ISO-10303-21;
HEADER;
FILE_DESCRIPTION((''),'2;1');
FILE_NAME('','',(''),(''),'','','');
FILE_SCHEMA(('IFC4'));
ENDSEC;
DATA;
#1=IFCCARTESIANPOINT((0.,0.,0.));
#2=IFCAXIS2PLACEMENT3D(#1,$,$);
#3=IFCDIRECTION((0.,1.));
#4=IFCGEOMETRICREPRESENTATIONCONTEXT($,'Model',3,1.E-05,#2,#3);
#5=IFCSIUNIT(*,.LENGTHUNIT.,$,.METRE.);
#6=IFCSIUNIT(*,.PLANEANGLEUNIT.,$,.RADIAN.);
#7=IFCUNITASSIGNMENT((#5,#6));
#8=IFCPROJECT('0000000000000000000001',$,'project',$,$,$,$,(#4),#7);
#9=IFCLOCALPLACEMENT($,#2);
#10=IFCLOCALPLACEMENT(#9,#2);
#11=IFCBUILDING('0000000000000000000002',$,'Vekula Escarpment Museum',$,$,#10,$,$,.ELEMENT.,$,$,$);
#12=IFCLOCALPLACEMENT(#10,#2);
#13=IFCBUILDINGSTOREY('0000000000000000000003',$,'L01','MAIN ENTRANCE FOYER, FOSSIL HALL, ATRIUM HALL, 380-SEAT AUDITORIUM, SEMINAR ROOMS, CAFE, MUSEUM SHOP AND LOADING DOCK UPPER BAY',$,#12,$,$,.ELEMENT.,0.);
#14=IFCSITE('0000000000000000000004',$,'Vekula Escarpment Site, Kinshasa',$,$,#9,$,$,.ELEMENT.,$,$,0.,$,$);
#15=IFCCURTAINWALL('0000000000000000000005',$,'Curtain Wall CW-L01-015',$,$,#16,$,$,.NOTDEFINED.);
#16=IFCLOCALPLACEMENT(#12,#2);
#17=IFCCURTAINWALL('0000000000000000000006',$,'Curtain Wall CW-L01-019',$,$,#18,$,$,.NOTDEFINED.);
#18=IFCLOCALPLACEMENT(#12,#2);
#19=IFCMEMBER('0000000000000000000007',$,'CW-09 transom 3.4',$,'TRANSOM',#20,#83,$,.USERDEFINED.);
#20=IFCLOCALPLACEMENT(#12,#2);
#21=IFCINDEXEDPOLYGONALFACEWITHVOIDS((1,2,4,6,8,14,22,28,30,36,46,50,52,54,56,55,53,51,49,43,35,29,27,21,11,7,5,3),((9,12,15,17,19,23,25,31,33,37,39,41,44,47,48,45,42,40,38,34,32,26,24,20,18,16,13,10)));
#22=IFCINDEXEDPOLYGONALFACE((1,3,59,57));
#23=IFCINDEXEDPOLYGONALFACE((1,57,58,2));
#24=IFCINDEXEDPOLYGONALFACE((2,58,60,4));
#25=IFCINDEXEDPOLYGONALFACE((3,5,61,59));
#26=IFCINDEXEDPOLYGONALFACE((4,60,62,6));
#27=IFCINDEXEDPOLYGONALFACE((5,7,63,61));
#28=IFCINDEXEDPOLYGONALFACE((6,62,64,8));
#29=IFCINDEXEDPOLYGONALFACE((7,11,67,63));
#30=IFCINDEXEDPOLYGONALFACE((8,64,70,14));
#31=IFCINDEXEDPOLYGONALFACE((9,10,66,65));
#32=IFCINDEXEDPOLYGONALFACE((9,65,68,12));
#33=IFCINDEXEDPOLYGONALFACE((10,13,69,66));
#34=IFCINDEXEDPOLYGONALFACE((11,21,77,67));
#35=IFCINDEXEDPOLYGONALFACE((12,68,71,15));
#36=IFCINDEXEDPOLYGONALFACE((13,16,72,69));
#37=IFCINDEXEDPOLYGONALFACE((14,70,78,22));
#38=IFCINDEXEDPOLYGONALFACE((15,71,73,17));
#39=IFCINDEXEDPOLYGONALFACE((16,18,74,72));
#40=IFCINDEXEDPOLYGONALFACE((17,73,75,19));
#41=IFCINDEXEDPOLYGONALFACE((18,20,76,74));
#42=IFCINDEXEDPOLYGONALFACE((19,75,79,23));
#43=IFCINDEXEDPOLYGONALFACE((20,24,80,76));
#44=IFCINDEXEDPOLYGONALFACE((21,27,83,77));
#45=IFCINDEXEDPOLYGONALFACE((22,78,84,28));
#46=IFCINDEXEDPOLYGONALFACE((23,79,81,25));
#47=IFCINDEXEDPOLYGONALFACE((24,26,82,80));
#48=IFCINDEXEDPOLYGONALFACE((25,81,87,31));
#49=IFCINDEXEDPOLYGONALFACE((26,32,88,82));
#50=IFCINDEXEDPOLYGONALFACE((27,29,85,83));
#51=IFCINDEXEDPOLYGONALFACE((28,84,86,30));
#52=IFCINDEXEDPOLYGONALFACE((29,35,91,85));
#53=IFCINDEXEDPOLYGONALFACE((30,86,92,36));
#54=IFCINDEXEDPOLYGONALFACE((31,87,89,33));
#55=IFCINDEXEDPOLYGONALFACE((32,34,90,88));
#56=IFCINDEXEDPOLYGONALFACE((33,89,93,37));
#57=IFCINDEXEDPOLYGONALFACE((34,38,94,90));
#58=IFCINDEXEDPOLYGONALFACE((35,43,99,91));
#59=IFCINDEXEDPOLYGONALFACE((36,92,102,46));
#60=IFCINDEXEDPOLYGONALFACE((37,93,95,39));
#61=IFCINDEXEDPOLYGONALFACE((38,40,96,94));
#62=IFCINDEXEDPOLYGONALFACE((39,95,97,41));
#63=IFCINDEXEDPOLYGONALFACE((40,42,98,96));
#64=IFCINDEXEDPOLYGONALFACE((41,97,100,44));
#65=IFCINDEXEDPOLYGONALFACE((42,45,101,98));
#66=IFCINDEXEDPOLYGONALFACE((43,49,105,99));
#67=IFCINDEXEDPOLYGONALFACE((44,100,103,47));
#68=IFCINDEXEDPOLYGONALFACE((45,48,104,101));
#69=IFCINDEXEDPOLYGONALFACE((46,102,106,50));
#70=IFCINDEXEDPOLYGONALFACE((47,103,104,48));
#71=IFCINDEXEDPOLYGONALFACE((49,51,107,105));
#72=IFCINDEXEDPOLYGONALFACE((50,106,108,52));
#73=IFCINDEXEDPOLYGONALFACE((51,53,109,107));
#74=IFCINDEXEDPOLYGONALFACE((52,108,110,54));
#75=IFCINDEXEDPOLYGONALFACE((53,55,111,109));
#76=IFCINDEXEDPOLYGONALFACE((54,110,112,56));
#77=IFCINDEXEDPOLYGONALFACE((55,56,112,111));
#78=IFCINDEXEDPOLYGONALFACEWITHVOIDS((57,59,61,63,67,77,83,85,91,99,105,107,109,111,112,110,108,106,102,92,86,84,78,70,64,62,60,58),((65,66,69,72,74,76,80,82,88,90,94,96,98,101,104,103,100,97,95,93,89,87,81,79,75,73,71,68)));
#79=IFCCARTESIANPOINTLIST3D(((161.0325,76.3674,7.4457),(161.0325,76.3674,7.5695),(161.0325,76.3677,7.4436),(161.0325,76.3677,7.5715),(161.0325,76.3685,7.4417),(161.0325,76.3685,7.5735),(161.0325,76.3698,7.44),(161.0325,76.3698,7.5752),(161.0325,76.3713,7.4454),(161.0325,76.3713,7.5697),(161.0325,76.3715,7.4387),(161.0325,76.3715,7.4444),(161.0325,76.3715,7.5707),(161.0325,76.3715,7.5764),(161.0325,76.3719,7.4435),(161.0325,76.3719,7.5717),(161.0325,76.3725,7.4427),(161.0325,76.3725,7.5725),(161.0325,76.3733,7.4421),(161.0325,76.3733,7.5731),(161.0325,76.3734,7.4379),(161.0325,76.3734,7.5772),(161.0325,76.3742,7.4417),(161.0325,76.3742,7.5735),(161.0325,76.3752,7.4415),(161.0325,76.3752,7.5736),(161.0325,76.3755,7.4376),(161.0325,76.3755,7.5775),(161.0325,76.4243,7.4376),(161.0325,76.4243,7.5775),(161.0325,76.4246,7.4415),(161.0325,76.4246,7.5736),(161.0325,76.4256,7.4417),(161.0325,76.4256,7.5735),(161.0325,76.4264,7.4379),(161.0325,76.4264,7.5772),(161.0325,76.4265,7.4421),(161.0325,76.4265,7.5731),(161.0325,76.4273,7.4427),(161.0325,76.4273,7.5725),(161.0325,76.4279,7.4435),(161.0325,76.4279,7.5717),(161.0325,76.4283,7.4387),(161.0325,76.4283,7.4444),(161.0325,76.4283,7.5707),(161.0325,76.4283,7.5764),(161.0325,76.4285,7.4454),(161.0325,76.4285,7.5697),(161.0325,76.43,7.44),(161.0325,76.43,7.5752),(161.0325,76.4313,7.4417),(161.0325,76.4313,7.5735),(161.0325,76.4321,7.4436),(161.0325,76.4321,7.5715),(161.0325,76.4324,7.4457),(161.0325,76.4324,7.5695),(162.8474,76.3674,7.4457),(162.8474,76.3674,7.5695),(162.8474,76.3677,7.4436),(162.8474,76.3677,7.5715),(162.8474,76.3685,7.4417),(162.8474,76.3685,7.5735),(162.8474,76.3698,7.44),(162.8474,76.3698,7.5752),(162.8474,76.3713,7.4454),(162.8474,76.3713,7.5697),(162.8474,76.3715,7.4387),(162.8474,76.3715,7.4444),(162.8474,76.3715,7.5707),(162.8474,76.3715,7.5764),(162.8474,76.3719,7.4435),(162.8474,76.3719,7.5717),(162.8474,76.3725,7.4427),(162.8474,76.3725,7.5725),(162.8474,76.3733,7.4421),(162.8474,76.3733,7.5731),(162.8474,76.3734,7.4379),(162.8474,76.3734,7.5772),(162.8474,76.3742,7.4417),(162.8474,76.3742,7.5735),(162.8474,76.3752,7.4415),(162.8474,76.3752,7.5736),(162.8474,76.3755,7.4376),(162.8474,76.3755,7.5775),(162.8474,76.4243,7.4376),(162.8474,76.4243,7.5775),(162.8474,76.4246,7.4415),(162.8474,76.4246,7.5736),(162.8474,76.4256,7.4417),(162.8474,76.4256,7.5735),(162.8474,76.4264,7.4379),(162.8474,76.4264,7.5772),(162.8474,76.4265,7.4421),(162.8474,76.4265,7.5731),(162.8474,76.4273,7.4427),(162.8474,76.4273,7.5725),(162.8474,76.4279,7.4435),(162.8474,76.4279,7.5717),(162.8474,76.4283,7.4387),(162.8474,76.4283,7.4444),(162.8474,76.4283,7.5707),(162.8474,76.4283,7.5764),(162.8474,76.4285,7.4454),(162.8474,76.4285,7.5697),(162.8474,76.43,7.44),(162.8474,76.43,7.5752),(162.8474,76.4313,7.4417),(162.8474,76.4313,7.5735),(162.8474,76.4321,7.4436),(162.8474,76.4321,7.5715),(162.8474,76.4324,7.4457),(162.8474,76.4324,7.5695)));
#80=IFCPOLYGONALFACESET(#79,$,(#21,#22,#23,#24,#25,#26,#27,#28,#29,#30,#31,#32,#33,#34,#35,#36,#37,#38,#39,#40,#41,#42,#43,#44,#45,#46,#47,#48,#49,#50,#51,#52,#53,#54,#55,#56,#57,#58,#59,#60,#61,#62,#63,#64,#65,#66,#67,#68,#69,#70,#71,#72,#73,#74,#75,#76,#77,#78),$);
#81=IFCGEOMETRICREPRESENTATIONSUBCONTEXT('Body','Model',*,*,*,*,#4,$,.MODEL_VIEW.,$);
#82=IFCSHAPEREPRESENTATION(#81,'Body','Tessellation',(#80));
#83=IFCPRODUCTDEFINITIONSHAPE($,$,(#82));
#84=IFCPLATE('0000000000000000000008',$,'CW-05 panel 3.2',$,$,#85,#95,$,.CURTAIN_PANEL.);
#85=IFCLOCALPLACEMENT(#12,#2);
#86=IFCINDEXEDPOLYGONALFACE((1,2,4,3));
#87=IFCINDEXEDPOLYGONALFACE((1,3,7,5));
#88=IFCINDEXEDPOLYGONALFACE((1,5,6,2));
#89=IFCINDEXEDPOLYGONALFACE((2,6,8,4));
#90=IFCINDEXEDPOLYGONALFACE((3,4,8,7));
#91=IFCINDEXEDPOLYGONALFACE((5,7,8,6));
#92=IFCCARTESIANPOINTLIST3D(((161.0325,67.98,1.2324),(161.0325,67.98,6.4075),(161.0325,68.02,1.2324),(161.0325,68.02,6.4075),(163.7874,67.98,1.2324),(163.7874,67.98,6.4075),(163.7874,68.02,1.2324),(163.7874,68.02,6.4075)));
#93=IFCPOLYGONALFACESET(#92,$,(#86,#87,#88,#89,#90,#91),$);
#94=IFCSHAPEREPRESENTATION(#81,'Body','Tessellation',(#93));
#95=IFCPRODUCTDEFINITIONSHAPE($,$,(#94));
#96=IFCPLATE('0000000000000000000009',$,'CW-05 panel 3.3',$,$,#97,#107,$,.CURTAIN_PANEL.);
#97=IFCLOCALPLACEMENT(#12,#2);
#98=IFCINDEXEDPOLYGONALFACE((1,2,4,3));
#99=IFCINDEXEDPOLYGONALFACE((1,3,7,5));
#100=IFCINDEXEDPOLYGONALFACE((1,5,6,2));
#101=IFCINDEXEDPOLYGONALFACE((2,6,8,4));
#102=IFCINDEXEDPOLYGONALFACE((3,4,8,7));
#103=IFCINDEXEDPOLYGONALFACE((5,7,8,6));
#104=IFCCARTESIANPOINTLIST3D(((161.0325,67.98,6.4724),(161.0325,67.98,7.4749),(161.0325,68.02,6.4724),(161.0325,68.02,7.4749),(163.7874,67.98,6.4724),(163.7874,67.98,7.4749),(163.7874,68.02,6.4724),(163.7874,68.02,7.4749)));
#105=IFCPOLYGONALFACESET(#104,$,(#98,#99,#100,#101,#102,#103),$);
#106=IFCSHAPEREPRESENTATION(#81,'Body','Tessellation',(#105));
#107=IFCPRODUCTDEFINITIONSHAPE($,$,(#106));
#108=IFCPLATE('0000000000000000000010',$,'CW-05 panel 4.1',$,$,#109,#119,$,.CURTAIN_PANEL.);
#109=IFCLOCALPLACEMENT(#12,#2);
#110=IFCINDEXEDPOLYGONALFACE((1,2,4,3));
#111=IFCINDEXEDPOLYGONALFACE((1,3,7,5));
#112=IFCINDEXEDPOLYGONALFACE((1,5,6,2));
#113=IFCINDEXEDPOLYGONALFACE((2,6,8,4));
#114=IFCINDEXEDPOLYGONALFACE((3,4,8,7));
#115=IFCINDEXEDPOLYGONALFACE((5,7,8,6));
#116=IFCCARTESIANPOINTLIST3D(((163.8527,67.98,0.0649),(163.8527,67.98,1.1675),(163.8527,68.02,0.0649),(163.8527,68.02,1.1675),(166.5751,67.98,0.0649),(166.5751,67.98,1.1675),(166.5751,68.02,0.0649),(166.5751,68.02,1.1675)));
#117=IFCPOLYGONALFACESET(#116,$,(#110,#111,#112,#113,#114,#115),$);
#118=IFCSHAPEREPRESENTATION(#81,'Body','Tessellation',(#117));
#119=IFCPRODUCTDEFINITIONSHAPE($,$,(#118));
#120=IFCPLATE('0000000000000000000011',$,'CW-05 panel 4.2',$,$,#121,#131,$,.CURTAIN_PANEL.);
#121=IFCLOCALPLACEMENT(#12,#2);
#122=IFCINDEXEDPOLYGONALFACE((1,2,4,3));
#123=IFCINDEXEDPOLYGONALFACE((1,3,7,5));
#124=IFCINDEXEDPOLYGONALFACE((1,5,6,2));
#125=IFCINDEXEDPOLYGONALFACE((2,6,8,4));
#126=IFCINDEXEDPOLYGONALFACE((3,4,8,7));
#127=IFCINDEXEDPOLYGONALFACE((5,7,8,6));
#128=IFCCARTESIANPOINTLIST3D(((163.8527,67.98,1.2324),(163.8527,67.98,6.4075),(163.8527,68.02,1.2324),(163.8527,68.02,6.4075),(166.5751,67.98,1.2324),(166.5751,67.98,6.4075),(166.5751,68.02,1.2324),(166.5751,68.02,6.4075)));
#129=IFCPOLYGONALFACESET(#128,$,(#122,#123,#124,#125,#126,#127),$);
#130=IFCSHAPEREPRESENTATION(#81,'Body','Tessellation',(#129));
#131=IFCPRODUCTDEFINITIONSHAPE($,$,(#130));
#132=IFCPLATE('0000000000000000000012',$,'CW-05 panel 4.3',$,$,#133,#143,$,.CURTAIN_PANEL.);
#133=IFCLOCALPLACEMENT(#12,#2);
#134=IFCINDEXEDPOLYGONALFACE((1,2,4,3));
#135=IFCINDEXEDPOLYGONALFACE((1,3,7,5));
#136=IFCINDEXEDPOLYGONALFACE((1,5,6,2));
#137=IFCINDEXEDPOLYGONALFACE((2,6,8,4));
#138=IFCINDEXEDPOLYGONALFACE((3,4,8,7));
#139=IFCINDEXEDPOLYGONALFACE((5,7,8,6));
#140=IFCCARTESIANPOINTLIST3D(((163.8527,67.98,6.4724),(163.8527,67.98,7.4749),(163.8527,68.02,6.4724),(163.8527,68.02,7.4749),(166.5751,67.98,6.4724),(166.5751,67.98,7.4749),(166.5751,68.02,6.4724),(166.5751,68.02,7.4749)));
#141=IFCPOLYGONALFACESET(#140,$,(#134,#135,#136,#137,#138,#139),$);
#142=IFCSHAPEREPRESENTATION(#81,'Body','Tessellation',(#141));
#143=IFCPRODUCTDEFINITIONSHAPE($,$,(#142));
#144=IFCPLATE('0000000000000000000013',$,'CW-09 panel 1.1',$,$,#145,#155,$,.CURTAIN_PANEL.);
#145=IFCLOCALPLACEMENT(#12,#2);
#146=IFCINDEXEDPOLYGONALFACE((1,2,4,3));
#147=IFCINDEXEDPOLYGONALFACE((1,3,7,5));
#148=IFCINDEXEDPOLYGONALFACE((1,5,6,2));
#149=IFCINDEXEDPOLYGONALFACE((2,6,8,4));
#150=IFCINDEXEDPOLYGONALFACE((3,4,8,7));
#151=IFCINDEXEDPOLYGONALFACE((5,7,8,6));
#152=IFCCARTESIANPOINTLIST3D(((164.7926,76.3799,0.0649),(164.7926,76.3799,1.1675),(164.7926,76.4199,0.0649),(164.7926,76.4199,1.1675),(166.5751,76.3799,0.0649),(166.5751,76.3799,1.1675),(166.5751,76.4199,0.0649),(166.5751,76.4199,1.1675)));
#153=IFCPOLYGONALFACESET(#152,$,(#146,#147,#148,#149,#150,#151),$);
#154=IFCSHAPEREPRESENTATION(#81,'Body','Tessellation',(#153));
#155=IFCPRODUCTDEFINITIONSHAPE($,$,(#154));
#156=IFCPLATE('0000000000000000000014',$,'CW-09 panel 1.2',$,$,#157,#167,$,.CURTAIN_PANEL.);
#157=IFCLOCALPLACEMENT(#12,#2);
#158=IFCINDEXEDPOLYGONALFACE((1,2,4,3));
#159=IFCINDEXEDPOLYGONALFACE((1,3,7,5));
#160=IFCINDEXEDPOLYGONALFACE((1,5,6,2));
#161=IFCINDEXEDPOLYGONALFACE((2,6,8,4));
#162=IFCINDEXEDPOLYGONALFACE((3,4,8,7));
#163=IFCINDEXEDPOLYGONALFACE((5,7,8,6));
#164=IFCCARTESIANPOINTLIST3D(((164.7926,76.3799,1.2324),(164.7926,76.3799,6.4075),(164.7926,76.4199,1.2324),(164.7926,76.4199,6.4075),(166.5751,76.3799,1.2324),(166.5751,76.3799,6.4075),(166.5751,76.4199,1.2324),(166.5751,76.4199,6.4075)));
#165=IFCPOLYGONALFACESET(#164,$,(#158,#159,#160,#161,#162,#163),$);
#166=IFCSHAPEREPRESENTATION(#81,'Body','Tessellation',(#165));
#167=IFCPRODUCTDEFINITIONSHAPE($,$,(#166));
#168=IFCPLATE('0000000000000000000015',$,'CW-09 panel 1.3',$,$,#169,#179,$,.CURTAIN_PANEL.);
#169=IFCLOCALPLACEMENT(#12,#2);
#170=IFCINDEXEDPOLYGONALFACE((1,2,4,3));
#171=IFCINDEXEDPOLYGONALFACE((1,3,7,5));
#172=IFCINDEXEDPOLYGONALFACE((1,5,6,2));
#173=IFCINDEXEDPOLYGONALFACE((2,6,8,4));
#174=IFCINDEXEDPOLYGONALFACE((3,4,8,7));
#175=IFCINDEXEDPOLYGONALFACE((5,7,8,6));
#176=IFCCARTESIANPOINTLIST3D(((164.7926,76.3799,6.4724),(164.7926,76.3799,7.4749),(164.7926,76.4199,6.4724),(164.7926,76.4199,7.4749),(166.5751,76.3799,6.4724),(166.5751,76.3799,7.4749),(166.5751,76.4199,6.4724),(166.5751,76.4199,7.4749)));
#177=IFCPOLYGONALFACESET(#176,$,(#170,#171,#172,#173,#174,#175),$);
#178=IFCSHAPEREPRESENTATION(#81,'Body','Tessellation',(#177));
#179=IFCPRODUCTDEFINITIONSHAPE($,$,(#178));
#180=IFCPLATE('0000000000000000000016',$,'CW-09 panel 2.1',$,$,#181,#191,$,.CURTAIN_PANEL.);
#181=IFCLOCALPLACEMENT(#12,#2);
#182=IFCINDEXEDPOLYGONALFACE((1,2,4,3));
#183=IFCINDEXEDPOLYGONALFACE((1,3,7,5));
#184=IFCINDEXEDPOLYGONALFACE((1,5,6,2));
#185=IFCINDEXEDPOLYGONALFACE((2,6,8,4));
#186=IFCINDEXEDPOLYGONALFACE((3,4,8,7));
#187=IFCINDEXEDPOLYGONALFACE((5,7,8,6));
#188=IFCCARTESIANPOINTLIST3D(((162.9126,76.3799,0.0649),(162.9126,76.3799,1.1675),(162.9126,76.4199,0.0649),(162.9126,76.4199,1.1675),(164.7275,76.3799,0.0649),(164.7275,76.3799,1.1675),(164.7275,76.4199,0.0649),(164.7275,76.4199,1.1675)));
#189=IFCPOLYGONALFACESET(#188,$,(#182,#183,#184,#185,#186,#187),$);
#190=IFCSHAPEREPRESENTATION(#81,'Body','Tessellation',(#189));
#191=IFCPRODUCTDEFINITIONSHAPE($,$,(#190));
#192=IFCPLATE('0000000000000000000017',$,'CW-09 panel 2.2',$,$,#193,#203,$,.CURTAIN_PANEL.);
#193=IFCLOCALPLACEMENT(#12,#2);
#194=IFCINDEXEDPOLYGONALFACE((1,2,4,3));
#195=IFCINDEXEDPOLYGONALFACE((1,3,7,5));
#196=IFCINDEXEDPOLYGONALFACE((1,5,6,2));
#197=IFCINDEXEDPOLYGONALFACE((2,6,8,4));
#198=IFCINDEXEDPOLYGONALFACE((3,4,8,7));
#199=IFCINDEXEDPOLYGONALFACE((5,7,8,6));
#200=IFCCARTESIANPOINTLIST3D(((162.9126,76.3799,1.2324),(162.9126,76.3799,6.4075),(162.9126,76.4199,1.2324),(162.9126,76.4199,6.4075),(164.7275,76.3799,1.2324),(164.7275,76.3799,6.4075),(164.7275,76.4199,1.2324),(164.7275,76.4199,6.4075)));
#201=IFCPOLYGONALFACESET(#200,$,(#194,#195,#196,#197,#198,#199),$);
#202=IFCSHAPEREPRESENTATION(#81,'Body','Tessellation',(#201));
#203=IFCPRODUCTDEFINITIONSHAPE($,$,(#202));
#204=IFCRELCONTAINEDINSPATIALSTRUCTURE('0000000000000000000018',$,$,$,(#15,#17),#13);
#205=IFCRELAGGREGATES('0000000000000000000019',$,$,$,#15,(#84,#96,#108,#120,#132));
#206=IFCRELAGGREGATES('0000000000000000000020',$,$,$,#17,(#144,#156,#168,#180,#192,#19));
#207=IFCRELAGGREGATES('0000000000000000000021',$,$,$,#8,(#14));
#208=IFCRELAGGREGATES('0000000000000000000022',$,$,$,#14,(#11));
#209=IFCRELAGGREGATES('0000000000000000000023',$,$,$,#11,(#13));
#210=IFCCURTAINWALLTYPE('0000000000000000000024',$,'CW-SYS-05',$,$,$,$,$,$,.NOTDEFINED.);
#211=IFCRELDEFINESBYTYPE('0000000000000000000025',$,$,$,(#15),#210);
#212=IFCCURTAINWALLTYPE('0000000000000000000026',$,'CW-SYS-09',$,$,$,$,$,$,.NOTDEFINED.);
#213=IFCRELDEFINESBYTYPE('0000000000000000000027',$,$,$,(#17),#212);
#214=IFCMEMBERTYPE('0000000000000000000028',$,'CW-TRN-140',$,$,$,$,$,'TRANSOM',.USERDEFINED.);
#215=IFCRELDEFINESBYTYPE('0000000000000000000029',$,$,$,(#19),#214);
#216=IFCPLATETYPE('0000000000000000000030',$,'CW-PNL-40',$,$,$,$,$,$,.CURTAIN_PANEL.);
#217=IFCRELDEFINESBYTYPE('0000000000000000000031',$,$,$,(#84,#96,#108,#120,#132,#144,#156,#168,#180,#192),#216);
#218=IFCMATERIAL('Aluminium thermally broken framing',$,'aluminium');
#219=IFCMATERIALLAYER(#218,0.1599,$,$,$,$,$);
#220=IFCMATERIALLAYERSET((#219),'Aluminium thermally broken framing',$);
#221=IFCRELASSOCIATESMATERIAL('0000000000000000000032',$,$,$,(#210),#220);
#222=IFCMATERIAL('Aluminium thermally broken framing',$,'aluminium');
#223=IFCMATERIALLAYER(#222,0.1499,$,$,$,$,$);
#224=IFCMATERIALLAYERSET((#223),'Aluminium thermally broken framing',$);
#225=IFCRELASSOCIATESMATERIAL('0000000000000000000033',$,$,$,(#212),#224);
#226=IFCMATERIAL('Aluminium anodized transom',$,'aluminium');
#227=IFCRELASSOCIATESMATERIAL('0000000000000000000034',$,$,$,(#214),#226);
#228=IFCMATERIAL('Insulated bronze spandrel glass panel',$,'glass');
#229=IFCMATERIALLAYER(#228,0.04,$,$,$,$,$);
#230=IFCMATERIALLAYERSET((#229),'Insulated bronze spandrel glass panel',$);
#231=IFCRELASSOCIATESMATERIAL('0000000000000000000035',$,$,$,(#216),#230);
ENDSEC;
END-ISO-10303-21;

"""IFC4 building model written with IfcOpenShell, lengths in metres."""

from ifc_helpers import new_model, si_unit, direction, frame, origin, origin_2d, place, context, subcontext, project, spatial, rectangle, hollow_rectangle, extrude, material, layer, layer_set, material_profile, profile_set, type_object, element, aggregate, save


model = new_model("IFC4")

# Units and contexts
model_context = context("Model", 3, precision=1e-05, world=origin(), true_north=direction((0.0, 1.0)))
body_context = subcontext(model_context, "Body", "Model", "MODEL_VIEW")
ifc_project = project(units=[si_unit("LENGTHUNIT", "METRE"), si_unit("PLANEANGLEUNIT", "RADIAN")], contexts=[model_context])

# Site, building, storey
site_placement = place(None, origin())
site = spatial("IfcSite", under=ifc_project, at=site_placement, Name="Vekula Escarpment Site, Kinshasa", CompositionType="ELEMENT", RefElevation=0.0)
building_placement = place(site_placement, origin())
building = spatial("IfcBuilding", under=site, at=building_placement, Name="Vekula Escarpment Museum", CompositionType="ELEMENT")
storey_placement = place(building_placement, origin())
storey = spatial("IfcBuildingStorey", under=building, at=storey_placement, Name="L01", Description="MAIN ENTRANCE FOYER, FOSSIL HALL, ATRIUM HALL, 380-SEAT AUDITORIUM, SEMINAR ROOMS, CAFE, MUSEUM SHOP AND LOADING DOCK UPPER BAY", CompositionType="ELEMENT", Elevation=0.0)

# Curtain walls
ifc_material_1 = material(Name="Aluminium thermally broken framing", Category="aluminium")
ifc_layer_1 = layer(ifc_material_1, 0.1599)
ifc_layer_set_1 = layer_set([ifc_layer_1], Name="Aluminium thermally broken framing")
curtain_wall_type_1 = type_object("IfcCurtainWallType", Name="CW-SYS-05", PredefinedType="NOTDEFINED", material=ifc_layer_set_1)
curtain_wall_1_placement = place(storey_placement, origin())
curtain_wall_1 = element("IfcCurtainWall", 1, at=curtain_wall_1_placement, inside=storey, type_object=curtain_wall_type_1, Name="Curtain Wall CW-L01-015", PredefinedType="NOTDEFINED")
ifc_material_2 = material(Name="Aluminium thermally broken framing", Category="aluminium")
ifc_layer_2 = layer(ifc_material_2, 0.1499)
ifc_layer_set_2 = layer_set([ifc_layer_2], Name="Aluminium thermally broken framing")
curtain_wall_type_2 = type_object("IfcCurtainWallType", Name="CW-SYS-09", PredefinedType="NOTDEFINED", material=ifc_layer_set_2)
curtain_wall_2_placement = place(storey_placement, origin())
curtain_wall_2 = element("IfcCurtainWall", 2, at=curtain_wall_2_placement, inside=storey, type_object=curtain_wall_type_2, Name="Curtain Wall CW-L01-019", PredefinedType="NOTDEFINED")

# Member
ifc_material_3 = material(Name="Aluminium anodized transom", Category="aluminium")
ifc_material_profile_1 = material_profile(ifc_material_3, hollow_rectangle(XDim=0.0649, YDim=0.1399, WallThickness=0.0039, InnerFilletRadius=0.0039, OuterFilletRadius=0.0081, at=origin_2d()), Name="ALU 140x65x4")
ifc_profile_set_1 = profile_set([ifc_material_profile_1], Name="Aluminium anodized transom")
member_type_1 = type_object("IfcMemberType", Name="CW-TRN-140", ElementType="TRANSOM", PredefinedType="USERDEFINED", material=ifc_profile_set_1)
member_1_placement = place(storey_placement, frame((162.8474, 76.3999, 7.5076), z_axis=(-1.0, 0.0, 0.0), x_axis=(0.0, -1.0, 0.0)))
member_1 = element("IfcMember", 3, at=member_1_placement, type_object=member_type_1, Name="CW-09 transom 3.4", ObjectType="TRANSOM", PredefinedType="USERDEFINED", context=body_context, shape_type="SweptSolid", body=[
    extrude(hollow_rectangle(XDim=0.0649, YDim=0.1399, WallThickness=0.0039, InnerFilletRadius=0.0039, OuterFilletRadius=0.0081, at=origin_2d()), origin(), (0.0, 0.0, 1.0), 1.8149),
])

# Plates
ifc_material_4 = material(Name="Insulated bronze spandrel glass panel", Category="glass")
ifc_layer_3 = layer(ifc_material_4, 0.04)
ifc_layer_set_3 = layer_set([ifc_layer_3], Name="Insulated bronze spandrel glass panel")
plate_type = type_object("IfcPlateType", Name="CW-PNL-40", PredefinedType="CURTAIN_PANEL", material=ifc_layer_set_3)
plate_1_placement = place(storey_placement, frame((162.4099, 68.0, 1.2324), z_axis=(0.0, 0.0, 1.0), x_axis=(1.0, 0.0, 0.0)))
plate_1 = element("IfcPlate", 4, at=plate_1_placement, type_object=plate_type, Name="CW-05 panel 3.2", PredefinedType="CURTAIN_PANEL", context=body_context, shape_type="SweptSolid", body=[
    extrude(rectangle(XDim=2.7549, YDim=0.04, at=origin_2d()), origin(), (0.0, 0.0, 1.0), 5.175),
])
plate_2_placement = place(storey_placement, frame((162.4099, 68.0, 6.4724), z_axis=(0.0, 0.0, 1.0), x_axis=(1.0, 0.0, 0.0)))
plate_2 = element("IfcPlate", 5, at=plate_2_placement, type_object=plate_type, Name="CW-05 panel 3.3", PredefinedType="CURTAIN_PANEL", context=body_context, shape_type="SweptSolid", body=[
    extrude(rectangle(XDim=2.7549, YDim=0.04, at=origin_2d()), origin(), (0.0, 0.0, 1.0), 1.0024),
])
plate_3_placement = place(storey_placement, frame((165.2139, 68.0, 0.0649), z_axis=(0.0, 0.0, 1.0), x_axis=(1.0, 0.0, 0.0)))
plate_3 = element("IfcPlate", 6, at=plate_3_placement, type_object=plate_type, Name="CW-05 panel 4.1", PredefinedType="CURTAIN_PANEL", context=body_context, shape_type="SweptSolid", body=[
    extrude(rectangle(XDim=2.7224, YDim=0.04, at=origin_2d()), origin(), (0.0, 0.0, 1.0), 1.1025),
])
plate_4_placement = place(storey_placement, frame((165.2139, 68.0, 1.2324), z_axis=(0.0, 0.0, 1.0), x_axis=(1.0, 0.0, 0.0)))
plate_4 = element("IfcPlate", 7, at=plate_4_placement, type_object=plate_type, Name="CW-05 panel 4.2", PredefinedType="CURTAIN_PANEL", context=body_context, shape_type="SweptSolid", body=[
    extrude(rectangle(XDim=2.7224, YDim=0.04, at=origin_2d()), origin(), (0.0, 0.0, 1.0), 5.175),
])
plate_5_placement = place(storey_placement, frame((165.2139, 68.0, 6.4724), z_axis=(0.0, 0.0, 1.0), x_axis=(1.0, 0.0, 0.0)))
plate_5 = element("IfcPlate", 8, at=plate_5_placement, type_object=plate_type, Name="CW-05 panel 4.3", PredefinedType="CURTAIN_PANEL", context=body_context, shape_type="SweptSolid", body=[
    extrude(rectangle(XDim=2.7224, YDim=0.04, at=origin_2d()), origin(), (0.0, 0.0, 1.0), 1.0024),
])
aggregate(curtain_wall_1, [plate_1, plate_2, plate_3, plate_4, plate_5])
plate_6_placement = place(storey_placement, frame((165.6838, 76.3999, 0.0649), z_axis=(0.0, 0.0, 1.0), x_axis=(-1.0, 0.0, 0.0)))
plate_6 = element("IfcPlate", 9, at=plate_6_placement, type_object=plate_type, Name="CW-09 panel 1.1", PredefinedType="CURTAIN_PANEL", context=body_context, shape_type="SweptSolid", body=[
    extrude(rectangle(XDim=1.7825, YDim=0.04, at=origin_2d()), origin(), (0.0, 0.0, 1.0), 1.1025),
])
plate_7_placement = place(storey_placement, frame((165.6838, 76.3999, 1.2324), z_axis=(0.0, 0.0, 1.0), x_axis=(-1.0, 0.0, 0.0)))
plate_7 = element("IfcPlate", 10, at=plate_7_placement, type_object=plate_type, Name="CW-09 panel 1.2", PredefinedType="CURTAIN_PANEL", context=body_context, shape_type="SweptSolid", body=[
    extrude(rectangle(XDim=1.7825, YDim=0.04, at=origin_2d()), origin(), (0.0, 0.0, 1.0), 5.175),
])
plate_8_placement = place(storey_placement, frame((165.6838, 76.3999, 6.4724), z_axis=(0.0, 0.0, 1.0), x_axis=(-1.0, 0.0, 0.0)))
plate_8 = element("IfcPlate", 11, at=plate_8_placement, type_object=plate_type, Name="CW-09 panel 1.3", PredefinedType="CURTAIN_PANEL", context=body_context, shape_type="SweptSolid", body=[
    extrude(rectangle(XDim=1.7825, YDim=0.04, at=origin_2d()), origin(), (0.0, 0.0, 1.0), 1.0024),
])
plate_9_placement = place(storey_placement, frame((163.8201, 76.3999, 0.0649), z_axis=(0.0, 0.0, 1.0), x_axis=(-1.0, 0.0, 0.0)))
plate_9 = element("IfcPlate", 12, at=plate_9_placement, type_object=plate_type, Name="CW-09 panel 2.1", PredefinedType="CURTAIN_PANEL", context=body_context, shape_type="SweptSolid", body=[
    extrude(rectangle(XDim=1.8149, YDim=0.04, at=origin_2d()), origin(), (0.0, 0.0, 1.0), 1.1025),
])
plate_10_placement = place(storey_placement, frame((163.8201, 76.3999, 1.2324), z_axis=(0.0, 0.0, 1.0), x_axis=(-1.0, 0.0, 0.0)))
plate_10 = element("IfcPlate", 13, at=plate_10_placement, type_object=plate_type, Name="CW-09 panel 2.2", PredefinedType="CURTAIN_PANEL", context=body_context, shape_type="SweptSolid", body=[
    extrude(rectangle(XDim=1.8149, YDim=0.04, at=origin_2d()), origin(), (0.0, 0.0, 1.0), 5.175),
])
aggregate(curtain_wall_2, [plate_6, plate_7, plate_8, plate_9, plate_10, member_1])

save(model, "model.ifc")
